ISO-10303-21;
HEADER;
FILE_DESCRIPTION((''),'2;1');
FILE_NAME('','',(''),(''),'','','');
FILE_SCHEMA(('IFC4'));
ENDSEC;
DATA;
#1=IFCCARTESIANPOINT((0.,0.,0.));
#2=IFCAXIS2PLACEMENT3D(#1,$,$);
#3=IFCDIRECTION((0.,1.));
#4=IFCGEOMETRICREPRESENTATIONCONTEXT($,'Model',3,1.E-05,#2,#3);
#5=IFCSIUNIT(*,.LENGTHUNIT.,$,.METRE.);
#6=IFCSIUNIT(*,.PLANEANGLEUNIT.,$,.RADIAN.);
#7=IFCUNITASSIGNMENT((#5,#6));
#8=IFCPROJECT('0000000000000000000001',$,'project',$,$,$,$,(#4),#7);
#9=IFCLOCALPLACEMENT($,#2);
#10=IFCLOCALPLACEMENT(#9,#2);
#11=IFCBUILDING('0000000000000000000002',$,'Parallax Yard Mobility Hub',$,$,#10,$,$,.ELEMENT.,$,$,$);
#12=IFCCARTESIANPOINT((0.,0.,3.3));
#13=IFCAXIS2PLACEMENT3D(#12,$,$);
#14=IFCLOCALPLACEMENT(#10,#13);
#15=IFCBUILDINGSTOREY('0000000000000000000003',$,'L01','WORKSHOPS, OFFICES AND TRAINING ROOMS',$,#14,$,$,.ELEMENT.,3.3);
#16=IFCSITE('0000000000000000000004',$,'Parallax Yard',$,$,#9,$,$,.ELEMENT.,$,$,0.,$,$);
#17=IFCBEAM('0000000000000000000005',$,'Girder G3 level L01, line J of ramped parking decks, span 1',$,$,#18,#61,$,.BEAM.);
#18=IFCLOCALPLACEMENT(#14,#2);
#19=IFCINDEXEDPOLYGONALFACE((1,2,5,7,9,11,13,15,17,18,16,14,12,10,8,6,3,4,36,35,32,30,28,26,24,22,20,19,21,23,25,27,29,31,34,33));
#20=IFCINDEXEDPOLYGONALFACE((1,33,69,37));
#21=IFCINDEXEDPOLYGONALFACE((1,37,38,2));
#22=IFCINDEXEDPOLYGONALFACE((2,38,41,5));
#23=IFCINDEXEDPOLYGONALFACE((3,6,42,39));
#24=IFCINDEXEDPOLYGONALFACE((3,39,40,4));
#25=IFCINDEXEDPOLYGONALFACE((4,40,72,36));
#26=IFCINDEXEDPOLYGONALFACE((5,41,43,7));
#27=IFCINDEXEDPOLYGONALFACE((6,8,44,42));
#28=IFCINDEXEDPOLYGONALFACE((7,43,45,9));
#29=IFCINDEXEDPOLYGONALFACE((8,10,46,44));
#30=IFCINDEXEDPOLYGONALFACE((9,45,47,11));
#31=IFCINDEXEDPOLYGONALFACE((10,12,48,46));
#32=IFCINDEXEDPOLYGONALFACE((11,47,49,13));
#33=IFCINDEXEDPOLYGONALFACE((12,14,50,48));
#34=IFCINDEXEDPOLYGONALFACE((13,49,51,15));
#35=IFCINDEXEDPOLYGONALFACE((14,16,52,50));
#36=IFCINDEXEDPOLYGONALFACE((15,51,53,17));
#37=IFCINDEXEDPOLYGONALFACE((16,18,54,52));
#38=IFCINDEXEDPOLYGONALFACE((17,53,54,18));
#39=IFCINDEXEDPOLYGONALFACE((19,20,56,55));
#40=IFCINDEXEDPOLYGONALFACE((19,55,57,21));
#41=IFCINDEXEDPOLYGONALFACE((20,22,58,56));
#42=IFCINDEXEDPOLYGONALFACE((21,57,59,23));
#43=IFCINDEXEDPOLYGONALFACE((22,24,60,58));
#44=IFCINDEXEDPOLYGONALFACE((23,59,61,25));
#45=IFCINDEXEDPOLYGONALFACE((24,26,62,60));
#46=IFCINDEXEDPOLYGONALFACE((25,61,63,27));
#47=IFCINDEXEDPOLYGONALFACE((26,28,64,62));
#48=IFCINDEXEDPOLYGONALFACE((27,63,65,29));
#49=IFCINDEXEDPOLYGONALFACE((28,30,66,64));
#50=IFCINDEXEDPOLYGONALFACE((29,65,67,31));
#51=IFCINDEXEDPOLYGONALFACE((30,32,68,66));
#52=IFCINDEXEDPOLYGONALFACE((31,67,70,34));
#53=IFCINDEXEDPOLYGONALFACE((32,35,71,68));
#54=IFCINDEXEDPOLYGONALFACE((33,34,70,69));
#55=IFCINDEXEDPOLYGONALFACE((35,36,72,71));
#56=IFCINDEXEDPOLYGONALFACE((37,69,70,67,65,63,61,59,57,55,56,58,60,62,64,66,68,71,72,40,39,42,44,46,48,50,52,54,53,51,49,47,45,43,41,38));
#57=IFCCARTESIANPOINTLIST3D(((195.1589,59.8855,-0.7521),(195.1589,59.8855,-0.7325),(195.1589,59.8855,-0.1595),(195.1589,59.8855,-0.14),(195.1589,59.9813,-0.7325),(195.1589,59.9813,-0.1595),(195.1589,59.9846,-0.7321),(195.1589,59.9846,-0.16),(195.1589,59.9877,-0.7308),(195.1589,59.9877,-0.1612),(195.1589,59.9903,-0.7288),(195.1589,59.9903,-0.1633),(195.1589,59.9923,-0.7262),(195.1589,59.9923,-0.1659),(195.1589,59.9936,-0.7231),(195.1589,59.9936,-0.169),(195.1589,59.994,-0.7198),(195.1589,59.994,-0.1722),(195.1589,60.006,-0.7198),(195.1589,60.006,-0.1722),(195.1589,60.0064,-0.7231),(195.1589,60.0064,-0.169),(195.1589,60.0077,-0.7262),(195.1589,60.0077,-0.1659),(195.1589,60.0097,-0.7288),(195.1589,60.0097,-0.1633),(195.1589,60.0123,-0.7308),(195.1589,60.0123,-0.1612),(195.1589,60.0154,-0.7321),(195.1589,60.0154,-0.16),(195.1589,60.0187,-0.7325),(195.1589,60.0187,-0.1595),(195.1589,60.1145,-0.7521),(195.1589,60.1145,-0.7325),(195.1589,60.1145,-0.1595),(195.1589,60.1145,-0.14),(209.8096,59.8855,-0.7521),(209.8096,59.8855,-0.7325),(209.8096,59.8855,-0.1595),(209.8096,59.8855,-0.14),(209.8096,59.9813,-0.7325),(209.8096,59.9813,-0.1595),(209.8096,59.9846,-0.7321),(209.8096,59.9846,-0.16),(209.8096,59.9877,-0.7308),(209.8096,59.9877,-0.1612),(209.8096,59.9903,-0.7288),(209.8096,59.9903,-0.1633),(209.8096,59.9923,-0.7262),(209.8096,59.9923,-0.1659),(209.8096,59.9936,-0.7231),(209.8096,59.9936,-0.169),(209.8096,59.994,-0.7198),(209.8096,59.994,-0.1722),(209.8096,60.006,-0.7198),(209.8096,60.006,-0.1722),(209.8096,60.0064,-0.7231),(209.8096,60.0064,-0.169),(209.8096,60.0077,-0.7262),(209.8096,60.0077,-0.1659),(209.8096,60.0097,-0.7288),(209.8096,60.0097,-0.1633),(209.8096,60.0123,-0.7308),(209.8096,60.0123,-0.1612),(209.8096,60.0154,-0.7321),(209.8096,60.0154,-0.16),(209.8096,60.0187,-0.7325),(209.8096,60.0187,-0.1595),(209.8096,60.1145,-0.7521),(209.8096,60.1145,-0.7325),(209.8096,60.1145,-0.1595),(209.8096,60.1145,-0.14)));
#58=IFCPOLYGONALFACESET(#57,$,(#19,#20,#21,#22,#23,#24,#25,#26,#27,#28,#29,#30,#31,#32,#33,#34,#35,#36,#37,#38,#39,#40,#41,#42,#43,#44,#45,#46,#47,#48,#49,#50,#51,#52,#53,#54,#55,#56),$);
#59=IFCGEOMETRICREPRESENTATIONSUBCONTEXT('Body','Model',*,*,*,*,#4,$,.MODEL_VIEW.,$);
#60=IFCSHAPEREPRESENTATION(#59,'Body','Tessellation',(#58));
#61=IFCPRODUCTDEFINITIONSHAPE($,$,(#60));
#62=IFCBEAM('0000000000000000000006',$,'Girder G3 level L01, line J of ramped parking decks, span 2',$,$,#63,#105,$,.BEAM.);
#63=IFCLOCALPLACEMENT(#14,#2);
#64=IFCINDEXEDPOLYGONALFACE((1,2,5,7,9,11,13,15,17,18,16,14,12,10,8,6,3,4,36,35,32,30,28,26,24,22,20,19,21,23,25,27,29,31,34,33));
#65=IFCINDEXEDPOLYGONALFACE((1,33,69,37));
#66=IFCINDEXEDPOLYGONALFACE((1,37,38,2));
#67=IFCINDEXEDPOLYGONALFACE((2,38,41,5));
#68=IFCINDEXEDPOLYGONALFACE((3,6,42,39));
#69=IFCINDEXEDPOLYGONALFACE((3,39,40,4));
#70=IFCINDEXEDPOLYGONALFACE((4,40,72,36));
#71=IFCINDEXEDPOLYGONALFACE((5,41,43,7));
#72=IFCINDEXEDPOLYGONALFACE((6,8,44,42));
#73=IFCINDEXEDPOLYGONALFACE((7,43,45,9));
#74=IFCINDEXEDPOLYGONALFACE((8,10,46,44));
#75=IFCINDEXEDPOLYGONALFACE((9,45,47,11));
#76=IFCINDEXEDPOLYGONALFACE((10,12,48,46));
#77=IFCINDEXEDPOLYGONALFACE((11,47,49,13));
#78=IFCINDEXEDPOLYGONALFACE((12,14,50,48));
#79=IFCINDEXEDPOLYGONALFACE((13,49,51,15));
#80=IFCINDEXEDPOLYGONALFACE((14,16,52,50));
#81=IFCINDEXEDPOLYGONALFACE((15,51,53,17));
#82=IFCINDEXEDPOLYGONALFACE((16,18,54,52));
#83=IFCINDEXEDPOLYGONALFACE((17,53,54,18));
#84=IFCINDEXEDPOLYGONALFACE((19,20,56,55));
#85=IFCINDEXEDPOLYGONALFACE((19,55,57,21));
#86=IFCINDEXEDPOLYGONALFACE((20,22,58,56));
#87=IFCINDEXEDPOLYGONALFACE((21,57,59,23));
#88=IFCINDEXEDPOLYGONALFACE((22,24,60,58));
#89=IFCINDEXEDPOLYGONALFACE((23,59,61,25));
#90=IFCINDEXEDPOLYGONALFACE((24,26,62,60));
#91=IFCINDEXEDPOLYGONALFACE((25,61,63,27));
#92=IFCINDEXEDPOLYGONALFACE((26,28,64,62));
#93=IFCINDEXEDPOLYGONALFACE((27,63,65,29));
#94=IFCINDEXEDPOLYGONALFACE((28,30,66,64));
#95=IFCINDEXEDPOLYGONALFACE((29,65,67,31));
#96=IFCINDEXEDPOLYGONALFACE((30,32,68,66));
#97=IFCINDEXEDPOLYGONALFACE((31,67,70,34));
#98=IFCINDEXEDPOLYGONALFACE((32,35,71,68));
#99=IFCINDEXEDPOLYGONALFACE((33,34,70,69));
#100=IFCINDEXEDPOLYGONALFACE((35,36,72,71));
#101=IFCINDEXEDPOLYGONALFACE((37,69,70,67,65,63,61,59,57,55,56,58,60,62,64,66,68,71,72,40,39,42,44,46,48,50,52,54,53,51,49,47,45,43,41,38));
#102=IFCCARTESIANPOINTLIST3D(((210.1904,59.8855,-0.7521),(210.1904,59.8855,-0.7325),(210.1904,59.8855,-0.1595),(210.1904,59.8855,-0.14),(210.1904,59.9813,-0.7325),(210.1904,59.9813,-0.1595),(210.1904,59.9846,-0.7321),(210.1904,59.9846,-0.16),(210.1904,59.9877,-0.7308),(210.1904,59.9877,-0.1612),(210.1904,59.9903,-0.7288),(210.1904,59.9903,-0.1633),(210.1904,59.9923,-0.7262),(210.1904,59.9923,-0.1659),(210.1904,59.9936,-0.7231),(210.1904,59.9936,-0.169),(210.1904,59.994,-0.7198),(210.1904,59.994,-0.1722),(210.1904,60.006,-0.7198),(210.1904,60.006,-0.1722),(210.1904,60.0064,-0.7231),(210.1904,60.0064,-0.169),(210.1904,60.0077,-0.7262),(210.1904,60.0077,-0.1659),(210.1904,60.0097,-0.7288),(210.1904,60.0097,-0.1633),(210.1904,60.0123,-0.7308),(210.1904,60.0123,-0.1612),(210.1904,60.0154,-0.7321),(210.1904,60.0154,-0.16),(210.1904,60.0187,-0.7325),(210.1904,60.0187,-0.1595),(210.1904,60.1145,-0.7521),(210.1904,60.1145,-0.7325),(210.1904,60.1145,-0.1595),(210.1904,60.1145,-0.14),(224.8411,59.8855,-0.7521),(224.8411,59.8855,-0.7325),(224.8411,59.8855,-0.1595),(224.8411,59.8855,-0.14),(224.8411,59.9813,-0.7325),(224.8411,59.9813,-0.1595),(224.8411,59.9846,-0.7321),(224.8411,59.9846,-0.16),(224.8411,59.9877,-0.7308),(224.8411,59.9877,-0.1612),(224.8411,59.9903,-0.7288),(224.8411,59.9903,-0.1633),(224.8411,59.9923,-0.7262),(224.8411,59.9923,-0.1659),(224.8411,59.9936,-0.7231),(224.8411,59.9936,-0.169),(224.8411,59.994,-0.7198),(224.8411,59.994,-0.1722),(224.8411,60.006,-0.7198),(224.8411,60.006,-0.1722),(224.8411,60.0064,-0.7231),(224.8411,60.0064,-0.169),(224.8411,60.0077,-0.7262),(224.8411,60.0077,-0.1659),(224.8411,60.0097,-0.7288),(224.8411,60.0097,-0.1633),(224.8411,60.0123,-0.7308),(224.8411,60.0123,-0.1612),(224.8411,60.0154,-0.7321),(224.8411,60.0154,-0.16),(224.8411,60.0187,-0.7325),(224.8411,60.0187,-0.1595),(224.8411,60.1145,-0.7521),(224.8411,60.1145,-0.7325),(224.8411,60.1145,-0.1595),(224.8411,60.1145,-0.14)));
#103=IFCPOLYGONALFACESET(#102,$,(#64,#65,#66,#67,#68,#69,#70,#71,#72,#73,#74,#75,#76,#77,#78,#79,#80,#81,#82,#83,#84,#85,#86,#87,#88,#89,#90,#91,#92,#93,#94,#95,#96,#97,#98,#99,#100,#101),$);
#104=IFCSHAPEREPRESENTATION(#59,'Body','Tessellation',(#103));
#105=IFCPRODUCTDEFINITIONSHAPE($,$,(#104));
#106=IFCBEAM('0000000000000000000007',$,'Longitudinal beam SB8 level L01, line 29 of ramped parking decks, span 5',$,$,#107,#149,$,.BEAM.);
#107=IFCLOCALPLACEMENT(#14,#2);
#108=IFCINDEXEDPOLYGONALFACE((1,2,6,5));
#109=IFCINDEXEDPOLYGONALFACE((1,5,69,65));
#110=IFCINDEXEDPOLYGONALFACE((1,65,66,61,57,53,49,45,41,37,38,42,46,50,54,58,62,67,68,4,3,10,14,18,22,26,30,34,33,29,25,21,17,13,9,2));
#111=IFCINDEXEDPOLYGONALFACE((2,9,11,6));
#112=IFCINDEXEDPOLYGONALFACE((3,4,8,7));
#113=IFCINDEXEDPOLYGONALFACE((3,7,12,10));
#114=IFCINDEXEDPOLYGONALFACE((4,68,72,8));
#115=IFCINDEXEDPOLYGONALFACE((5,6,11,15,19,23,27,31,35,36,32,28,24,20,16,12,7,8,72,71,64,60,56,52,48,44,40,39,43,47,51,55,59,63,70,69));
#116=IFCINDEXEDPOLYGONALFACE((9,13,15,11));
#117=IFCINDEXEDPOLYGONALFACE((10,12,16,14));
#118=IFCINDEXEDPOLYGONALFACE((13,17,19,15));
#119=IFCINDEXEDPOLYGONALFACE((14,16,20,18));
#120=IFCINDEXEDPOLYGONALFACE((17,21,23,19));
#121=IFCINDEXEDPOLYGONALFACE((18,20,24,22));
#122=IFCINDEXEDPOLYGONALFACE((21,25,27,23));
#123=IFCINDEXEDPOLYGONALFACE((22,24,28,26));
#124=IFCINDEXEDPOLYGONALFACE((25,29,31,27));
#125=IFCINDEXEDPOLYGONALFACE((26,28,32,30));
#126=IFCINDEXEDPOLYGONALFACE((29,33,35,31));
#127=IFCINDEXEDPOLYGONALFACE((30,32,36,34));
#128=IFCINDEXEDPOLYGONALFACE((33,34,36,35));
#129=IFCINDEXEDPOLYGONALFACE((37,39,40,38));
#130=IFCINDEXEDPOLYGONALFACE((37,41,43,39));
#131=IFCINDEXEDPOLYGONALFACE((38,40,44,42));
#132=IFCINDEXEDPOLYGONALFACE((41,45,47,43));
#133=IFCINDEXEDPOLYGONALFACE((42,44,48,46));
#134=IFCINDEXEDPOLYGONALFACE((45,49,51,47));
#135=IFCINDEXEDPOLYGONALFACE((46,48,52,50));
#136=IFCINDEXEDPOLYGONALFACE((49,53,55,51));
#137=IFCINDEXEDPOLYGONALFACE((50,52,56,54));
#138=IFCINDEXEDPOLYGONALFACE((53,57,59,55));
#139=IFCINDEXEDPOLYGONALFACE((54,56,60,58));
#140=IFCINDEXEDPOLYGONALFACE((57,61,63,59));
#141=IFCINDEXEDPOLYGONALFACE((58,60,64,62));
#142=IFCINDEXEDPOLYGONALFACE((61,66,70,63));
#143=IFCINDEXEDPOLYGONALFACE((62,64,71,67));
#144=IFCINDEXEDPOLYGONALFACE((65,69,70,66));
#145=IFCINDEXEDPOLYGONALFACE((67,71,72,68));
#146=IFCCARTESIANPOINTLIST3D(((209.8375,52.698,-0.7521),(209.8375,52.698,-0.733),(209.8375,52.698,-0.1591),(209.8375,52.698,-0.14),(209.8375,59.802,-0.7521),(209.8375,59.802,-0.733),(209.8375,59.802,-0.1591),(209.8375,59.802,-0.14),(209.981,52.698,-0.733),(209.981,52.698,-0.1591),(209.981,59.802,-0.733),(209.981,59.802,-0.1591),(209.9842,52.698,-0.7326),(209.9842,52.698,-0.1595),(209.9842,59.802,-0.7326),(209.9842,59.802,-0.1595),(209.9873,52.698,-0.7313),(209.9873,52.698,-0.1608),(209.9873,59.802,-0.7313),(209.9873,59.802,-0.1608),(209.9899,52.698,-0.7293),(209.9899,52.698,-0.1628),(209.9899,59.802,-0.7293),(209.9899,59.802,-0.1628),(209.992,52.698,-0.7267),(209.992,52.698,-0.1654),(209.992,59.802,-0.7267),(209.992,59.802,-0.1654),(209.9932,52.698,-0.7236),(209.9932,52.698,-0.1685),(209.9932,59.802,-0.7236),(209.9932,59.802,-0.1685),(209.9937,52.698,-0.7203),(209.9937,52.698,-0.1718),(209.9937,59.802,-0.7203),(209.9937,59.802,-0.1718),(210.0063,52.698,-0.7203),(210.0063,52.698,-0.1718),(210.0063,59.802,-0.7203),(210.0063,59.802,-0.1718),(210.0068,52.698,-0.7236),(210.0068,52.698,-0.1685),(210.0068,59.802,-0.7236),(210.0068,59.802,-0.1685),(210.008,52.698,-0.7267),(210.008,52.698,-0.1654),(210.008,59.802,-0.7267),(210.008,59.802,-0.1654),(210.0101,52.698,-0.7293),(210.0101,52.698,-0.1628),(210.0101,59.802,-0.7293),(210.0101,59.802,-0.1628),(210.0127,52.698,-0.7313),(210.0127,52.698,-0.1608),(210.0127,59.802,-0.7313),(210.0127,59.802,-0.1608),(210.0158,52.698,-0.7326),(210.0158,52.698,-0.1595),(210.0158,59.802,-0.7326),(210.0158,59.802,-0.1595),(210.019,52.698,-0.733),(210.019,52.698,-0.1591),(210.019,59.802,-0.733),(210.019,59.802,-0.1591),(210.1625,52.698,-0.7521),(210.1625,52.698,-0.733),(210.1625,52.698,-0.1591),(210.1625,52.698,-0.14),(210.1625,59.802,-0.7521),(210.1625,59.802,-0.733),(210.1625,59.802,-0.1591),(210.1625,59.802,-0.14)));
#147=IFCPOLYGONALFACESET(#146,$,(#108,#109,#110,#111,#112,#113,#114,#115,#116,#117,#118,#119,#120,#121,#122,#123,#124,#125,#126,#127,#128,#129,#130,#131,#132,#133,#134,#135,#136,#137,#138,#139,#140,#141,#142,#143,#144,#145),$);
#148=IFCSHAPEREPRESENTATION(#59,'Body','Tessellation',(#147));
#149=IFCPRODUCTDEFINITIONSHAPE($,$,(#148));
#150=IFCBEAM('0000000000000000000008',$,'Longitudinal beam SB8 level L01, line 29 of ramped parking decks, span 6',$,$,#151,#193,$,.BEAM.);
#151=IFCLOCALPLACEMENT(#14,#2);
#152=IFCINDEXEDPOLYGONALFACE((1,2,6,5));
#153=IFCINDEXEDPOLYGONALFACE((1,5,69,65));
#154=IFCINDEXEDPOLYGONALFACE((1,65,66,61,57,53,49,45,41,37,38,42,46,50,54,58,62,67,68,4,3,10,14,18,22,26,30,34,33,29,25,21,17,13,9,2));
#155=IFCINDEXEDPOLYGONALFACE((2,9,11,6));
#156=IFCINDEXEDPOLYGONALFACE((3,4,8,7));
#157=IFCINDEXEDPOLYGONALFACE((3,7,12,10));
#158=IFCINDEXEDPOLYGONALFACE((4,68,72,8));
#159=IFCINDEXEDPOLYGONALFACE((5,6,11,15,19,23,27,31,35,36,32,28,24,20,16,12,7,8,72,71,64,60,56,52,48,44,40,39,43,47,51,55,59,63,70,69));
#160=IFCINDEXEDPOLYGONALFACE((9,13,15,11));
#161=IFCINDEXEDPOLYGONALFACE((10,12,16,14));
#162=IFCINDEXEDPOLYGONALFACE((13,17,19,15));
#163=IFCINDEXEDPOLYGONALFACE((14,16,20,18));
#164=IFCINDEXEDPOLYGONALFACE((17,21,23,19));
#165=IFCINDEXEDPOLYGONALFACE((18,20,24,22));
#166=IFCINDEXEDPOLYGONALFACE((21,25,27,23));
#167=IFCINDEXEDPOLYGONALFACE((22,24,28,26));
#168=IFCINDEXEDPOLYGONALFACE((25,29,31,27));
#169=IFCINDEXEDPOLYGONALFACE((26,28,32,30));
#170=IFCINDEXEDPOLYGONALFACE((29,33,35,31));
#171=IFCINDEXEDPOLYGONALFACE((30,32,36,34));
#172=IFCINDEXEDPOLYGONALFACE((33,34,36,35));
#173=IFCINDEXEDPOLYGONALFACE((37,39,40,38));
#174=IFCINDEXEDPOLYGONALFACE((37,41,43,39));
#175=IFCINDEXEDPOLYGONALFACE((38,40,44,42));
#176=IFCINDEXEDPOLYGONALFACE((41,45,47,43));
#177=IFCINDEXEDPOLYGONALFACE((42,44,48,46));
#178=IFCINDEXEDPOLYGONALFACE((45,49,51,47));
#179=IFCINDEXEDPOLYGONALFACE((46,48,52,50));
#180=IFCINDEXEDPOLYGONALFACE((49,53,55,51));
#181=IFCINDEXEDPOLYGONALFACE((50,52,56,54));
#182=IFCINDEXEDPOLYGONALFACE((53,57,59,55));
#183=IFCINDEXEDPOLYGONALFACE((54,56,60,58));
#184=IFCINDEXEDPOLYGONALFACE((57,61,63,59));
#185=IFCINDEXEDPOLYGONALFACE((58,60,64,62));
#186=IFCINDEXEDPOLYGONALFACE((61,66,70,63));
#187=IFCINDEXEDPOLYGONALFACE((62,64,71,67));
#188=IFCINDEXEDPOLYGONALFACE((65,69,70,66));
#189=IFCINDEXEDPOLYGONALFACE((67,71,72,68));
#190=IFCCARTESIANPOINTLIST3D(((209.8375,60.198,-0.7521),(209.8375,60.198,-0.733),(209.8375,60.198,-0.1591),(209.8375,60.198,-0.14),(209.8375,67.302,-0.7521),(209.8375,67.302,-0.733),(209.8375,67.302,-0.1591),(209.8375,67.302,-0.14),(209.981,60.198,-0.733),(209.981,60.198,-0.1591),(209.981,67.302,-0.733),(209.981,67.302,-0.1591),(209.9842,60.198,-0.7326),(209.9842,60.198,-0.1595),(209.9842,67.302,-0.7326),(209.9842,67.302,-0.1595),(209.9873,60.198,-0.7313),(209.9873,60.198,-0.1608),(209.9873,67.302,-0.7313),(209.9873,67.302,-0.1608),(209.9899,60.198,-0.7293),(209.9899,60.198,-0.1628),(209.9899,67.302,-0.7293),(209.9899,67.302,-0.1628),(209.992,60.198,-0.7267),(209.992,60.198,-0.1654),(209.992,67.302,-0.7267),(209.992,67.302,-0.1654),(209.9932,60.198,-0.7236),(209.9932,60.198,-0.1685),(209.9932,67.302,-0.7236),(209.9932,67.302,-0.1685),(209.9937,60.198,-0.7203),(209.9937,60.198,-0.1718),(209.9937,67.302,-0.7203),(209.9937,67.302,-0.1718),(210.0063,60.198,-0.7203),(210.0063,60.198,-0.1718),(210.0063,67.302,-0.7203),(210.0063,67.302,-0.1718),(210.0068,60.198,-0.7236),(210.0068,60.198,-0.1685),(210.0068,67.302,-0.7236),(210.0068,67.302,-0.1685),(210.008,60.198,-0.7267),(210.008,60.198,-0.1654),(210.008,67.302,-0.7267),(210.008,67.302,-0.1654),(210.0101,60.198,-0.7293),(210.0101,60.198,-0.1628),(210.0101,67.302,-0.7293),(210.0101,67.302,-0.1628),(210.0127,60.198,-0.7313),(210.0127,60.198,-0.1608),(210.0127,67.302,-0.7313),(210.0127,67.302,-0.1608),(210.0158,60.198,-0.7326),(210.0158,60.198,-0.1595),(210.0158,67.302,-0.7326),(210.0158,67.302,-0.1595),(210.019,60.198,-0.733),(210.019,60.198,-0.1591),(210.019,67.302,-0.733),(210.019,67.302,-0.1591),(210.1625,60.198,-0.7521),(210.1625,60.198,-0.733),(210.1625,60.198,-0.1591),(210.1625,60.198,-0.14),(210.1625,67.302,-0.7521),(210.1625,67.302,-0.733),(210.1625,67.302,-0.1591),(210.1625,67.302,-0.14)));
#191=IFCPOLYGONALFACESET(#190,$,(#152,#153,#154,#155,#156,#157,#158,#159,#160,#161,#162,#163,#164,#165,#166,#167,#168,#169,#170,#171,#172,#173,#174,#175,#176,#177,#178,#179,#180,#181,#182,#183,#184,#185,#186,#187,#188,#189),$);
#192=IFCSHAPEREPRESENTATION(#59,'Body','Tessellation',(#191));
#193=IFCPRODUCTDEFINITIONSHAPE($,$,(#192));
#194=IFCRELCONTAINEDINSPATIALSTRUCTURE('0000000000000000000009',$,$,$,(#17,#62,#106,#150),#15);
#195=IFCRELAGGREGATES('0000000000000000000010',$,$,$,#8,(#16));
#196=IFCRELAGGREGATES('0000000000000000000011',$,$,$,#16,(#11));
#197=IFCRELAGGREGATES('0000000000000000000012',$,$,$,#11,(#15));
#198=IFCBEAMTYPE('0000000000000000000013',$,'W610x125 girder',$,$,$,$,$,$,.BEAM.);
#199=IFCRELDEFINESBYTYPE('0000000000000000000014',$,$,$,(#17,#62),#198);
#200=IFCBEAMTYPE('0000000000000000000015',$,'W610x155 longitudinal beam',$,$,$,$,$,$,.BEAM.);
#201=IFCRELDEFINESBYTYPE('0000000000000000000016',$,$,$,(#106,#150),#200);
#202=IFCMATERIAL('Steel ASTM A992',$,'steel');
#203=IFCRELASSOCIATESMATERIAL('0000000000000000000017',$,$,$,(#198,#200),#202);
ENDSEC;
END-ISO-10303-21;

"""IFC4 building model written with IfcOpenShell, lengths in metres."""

from ifc_helpers import new_model, si_unit, direction, frame, origin, origin_2d, place, context, subcontext, project, spatial, i_section, extrude, material, material_profile, profile_set, type_object, element, save


model = new_model("IFC4")

# Units and contexts
model_context = context("Model", 3, precision=1e-05, world=origin(), true_north=direction((0.0, 1.0)))
body_context = subcontext(model_context, "Body", "Model", "MODEL_VIEW")
ifc_project = project(units=[si_unit("LENGTHUNIT", "METRE"), si_unit("PLANEANGLEUNIT", "RADIAN")], contexts=[model_context])

# Site, building, storey
site_placement = place(None, origin())
site = spatial("IfcSite", under=ifc_project, at=site_placement, Name="Parallax Yard", CompositionType="ELEMENT", RefElevation=0.0)
building_placement = place(site_placement, origin())
building = spatial("IfcBuilding", under=site, at=building_placement, Name="Parallax Yard Mobility Hub", CompositionType="ELEMENT")
storey_placement = place(building_placement, frame((0.0, 0.0, 3.3)))
storey = spatial("IfcBuildingStorey", under=building, at=storey_placement, Name="L01", Description="WORKSHOPS, OFFICES AND TRAINING ROOMS", CompositionType="ELEMENT", Elevation=3.3)

# Shared definitions
ifc_material_1 = material(Name="Steel ASTM A992", Category="steel")

# Beams
ifc_material_profile_1 = material_profile(ifc_material_1, i_section(OverallWidth=0.229, OverallDepth=0.6121, WebThickness=0.012, FlangeThickness=0.0195, FilletRadius=0.0127, at=origin_2d()), Name="W610x125")
ifc_profile_set_1 = profile_set([ifc_material_profile_1], Name="Steel ASTM A992")
beam_type_1 = type_object("IfcBeamType", Name="W610x125 girder", PredefinedType="BEAM", material=ifc_profile_set_1)
for number, where, z_axis, x_axis, name in (
    (1, (195.1589, 60.0, -0.446), (1.0, 0.0, 0.0), (0.0, 1.0, 0.0), "Girder G3 level L01, line J of ramped parking decks, span 1"),
    (2, (210.1904, 60.0, -0.446), (1.0, 0.0, 0.0), (0.0, 1.0, 0.0), "Girder G3 level L01, line J of ramped parking decks, span 2"),
):
    element("IfcBeam", number, at=place(storey_placement, frame(where, z_axis=z_axis, x_axis=x_axis)), inside=storey, type_object=beam_type_1, Name=name, PredefinedType="BEAM", context=body_context, shape_type="SweptSolid", body=[
        extrude(i_section(OverallWidth=0.229, OverallDepth=0.6121, WebThickness=0.012, FlangeThickness=0.0195, FilletRadius=0.0127, at=origin_2d()), origin(), (0.0, 0.0, 1.0), 14.6506),
    ])
ifc_material_profile_2 = material_profile(ifc_material_1, i_section(OverallWidth=0.325, OverallDepth=0.6121, WebThickness=0.0127, FlangeThickness=0.019, FilletRadius=0.0127, at=origin_2d()), Name="W610x155")
ifc_profile_set_2 = profile_set([ifc_material_profile_2], Name="Steel ASTM A992")
beam_type_2 = type_object("IfcBeamType", Name="W610x155 longitudinal beam", PredefinedType="BEAM", material=ifc_profile_set_2)
for number, where, z_axis, x_axis, name in (
    (3, (210.0, 52.698, -0.446), (0.0, 1.0, 0.0), (-1.0, 0.0, 0.0), "Longitudinal beam SB8 level L01, line 29 of ramped parking decks, span 5"),
    (4, (210.0, 60.198, -0.446), (0.0, 1.0, 0.0), (-1.0, 0.0, 0.0), "Longitudinal beam SB8 level L01, line 29 of ramped parking decks, span 6"),
):
    element("IfcBeam", number, at=place(storey_placement, frame(where, z_axis=z_axis, x_axis=x_axis)), inside=storey, type_object=beam_type_2, Name=name, PredefinedType="BEAM", context=body_context, shape_type="SweptSolid", body=[
        extrude(i_section(OverallWidth=0.325, OverallDepth=0.6121, WebThickness=0.0127, FlangeThickness=0.019, FilletRadius=0.0127, at=origin_2d()), origin(), (0.0, 0.0, 1.0), 7.104),
    ])

save(model, "model.ifc")
